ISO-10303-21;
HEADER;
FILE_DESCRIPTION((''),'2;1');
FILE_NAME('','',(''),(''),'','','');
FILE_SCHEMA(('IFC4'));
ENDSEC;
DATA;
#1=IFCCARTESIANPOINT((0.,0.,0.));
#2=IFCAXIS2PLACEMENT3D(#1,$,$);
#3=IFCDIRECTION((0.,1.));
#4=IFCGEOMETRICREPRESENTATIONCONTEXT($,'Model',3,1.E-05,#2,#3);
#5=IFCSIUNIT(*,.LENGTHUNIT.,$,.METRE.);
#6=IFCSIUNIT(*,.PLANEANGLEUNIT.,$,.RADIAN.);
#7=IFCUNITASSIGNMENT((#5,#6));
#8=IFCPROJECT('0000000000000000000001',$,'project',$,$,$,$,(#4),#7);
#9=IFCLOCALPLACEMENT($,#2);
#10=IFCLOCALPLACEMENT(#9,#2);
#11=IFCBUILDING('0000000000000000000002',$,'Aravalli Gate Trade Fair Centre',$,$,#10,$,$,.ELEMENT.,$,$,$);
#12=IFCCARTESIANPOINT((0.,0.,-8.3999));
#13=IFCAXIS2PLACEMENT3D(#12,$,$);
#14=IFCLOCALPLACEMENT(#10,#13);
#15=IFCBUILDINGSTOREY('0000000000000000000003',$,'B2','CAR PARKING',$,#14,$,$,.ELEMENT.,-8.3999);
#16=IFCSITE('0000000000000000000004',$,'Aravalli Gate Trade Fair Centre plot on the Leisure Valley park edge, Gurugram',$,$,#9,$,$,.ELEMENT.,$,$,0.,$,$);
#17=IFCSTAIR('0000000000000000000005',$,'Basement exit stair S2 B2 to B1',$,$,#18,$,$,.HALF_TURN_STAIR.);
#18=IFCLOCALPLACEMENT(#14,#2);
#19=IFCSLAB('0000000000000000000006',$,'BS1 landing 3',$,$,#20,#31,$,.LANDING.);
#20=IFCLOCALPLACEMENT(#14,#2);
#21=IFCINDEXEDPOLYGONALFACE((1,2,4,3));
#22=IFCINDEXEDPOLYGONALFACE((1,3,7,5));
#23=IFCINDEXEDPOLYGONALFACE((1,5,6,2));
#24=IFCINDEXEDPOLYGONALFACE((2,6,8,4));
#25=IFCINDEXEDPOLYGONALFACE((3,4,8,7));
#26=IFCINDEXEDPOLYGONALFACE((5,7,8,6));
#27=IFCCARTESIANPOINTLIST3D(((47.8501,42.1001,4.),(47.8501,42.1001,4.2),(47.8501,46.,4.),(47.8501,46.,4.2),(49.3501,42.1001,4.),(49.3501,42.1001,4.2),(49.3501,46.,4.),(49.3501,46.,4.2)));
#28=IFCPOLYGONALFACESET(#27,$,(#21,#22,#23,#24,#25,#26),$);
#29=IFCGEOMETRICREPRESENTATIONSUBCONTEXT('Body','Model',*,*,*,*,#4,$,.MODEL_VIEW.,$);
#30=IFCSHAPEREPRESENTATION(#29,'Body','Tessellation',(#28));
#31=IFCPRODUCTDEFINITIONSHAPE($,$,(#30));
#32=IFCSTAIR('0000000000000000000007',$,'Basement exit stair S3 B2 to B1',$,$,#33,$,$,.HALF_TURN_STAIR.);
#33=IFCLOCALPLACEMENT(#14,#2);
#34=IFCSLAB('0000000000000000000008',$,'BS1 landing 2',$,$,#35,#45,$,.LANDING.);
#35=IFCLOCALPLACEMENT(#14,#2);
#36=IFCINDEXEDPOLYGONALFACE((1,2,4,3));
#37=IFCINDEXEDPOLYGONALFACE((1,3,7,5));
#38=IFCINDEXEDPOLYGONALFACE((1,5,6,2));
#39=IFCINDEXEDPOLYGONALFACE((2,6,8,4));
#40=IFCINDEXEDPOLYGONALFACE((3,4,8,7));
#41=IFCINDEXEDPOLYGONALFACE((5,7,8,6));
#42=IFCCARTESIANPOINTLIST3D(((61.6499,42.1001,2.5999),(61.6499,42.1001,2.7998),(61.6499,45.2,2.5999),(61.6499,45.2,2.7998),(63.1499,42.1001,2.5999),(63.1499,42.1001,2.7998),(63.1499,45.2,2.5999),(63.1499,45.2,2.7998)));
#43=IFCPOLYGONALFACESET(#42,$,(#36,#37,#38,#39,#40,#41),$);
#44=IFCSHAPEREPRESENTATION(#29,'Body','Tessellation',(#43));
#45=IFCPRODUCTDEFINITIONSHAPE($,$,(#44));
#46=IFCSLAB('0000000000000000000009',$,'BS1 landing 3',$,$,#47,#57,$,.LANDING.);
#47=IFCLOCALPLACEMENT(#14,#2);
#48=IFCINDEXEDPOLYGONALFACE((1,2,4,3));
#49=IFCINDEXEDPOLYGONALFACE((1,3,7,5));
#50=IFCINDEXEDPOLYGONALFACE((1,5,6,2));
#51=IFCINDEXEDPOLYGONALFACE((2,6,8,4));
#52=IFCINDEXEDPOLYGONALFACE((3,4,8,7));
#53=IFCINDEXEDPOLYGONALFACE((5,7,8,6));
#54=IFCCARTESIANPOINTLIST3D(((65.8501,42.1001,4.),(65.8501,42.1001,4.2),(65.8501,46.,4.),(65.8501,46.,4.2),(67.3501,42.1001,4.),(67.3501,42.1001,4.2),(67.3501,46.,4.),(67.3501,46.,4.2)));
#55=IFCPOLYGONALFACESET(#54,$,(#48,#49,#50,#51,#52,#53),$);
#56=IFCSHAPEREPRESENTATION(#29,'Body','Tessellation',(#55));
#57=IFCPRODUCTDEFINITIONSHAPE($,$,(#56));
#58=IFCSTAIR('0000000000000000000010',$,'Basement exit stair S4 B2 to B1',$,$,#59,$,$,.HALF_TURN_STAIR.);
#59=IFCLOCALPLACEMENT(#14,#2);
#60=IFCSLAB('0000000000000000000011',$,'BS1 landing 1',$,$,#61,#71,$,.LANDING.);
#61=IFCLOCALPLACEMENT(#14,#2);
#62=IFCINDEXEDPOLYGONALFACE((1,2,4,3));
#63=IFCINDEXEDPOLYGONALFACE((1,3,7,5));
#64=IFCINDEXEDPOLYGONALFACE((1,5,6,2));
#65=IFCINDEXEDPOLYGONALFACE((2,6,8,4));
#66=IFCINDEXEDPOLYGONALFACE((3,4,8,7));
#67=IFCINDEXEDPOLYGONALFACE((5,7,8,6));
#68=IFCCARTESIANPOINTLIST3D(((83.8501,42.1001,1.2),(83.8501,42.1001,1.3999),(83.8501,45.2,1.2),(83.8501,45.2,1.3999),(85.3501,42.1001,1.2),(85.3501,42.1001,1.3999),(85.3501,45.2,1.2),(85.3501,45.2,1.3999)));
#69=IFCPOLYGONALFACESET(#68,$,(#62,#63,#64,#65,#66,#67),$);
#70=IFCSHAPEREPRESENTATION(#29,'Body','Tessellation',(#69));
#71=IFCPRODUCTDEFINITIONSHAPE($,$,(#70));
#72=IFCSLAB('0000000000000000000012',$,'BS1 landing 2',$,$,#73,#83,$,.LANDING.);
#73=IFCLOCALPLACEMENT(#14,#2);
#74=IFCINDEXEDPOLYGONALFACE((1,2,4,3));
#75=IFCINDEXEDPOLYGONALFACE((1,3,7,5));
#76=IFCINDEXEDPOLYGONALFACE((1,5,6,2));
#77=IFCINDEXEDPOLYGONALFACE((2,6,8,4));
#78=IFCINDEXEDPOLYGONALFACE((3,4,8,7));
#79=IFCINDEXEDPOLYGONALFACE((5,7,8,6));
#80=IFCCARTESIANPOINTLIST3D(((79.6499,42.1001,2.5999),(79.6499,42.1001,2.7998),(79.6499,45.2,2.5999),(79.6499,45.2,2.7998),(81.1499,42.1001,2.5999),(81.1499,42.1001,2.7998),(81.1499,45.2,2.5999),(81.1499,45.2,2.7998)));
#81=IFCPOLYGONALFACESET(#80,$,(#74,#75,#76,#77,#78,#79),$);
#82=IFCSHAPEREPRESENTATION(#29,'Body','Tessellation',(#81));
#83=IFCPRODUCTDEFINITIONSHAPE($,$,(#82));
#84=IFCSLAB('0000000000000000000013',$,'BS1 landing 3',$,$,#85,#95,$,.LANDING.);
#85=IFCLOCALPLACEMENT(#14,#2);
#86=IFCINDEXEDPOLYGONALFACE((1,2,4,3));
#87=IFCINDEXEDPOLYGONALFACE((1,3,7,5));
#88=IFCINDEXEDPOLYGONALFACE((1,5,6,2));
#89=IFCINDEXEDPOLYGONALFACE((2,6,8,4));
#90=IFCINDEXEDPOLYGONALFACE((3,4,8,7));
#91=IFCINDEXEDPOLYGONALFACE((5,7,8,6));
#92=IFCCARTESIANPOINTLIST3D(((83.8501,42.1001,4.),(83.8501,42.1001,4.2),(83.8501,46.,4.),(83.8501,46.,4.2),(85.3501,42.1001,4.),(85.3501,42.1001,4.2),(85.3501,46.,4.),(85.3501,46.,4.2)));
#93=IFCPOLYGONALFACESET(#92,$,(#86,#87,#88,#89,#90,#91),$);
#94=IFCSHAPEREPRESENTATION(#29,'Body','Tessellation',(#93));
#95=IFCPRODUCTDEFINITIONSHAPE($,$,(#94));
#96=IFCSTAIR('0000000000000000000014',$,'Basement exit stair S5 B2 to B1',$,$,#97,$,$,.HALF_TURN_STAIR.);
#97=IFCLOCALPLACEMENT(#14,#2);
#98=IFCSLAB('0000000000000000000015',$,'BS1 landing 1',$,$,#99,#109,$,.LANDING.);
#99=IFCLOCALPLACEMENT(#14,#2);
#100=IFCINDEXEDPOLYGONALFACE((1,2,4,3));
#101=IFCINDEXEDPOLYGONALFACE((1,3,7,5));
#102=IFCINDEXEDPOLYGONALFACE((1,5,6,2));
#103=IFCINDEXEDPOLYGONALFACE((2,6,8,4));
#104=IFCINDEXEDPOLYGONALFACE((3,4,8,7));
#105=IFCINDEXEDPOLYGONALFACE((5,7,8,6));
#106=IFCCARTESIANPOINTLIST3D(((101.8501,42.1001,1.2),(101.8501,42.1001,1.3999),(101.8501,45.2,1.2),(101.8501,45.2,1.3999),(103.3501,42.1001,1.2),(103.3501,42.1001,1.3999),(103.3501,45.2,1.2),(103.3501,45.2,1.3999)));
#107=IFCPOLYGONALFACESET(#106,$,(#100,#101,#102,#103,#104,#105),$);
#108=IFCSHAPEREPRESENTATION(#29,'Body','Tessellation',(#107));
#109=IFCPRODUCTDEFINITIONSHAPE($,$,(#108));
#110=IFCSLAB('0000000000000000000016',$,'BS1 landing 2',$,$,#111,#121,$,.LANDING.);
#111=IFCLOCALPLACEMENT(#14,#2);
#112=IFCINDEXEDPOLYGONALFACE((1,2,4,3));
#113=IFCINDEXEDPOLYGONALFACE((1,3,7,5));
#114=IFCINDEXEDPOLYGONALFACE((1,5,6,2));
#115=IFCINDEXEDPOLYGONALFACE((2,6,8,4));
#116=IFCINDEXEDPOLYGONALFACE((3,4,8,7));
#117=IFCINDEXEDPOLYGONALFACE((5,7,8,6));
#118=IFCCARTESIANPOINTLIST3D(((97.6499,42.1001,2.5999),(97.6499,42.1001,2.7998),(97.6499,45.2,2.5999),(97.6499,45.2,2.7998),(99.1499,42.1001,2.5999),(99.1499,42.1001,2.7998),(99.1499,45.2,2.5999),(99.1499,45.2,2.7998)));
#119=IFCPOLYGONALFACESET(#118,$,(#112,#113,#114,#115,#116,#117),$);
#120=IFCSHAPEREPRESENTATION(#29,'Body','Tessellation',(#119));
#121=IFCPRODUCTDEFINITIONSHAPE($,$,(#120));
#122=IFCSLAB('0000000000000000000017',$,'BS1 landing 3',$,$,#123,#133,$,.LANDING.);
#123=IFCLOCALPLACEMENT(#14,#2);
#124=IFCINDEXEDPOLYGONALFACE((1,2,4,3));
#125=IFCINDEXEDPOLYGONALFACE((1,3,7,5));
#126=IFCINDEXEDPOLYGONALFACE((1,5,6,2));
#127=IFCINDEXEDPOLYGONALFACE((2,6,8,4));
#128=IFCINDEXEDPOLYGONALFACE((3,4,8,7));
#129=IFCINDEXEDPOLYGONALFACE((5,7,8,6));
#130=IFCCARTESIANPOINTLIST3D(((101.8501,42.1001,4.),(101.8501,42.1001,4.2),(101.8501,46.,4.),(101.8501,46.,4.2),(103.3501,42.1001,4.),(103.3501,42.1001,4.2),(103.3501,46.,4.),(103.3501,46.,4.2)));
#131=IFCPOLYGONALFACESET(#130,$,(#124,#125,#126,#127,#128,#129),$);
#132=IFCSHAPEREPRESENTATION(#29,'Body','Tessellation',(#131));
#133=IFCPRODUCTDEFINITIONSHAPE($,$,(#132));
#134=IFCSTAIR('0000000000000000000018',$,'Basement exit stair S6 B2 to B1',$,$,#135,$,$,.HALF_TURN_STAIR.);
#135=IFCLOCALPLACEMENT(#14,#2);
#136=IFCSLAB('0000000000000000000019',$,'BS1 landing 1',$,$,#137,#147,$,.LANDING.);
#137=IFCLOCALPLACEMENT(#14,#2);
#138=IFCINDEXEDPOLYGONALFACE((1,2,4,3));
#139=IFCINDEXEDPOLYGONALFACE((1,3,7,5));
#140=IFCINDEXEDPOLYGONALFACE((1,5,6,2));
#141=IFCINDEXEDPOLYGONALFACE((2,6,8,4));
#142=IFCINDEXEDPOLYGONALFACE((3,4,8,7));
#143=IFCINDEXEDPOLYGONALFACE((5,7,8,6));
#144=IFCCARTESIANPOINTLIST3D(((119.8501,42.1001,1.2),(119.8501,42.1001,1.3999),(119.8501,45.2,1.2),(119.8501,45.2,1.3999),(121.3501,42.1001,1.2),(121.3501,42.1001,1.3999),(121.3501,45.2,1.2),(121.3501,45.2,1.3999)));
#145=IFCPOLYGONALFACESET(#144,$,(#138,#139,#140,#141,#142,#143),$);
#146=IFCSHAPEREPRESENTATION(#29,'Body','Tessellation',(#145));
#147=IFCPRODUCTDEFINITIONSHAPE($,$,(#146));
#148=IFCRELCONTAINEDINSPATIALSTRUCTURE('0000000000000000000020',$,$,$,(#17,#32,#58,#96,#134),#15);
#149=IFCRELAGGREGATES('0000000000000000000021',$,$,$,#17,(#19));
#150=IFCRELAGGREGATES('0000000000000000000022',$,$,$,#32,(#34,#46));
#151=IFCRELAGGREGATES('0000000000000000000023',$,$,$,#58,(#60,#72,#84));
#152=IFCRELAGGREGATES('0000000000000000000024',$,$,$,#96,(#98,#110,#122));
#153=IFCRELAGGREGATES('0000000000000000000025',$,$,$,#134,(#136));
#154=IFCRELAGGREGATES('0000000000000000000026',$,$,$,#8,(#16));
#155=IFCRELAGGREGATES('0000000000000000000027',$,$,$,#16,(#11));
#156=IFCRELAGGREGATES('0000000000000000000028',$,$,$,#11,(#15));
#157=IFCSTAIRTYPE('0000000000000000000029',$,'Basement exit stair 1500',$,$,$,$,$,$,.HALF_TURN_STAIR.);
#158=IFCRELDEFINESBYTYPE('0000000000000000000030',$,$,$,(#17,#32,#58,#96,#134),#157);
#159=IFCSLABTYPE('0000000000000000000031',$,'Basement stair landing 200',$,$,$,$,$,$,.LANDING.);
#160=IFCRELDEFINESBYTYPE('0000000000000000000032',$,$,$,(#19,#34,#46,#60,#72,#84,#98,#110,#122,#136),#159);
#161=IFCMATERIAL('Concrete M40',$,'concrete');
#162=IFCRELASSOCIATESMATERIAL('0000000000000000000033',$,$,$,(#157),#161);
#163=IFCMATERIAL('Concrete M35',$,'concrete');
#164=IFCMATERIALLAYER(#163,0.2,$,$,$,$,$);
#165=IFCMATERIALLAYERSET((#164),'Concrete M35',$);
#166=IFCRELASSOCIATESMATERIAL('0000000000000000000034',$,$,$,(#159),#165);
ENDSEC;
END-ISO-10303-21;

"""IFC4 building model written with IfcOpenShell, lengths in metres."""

from ifc_helpers import new_model, si_unit, direction, frame, origin, place, context, subcontext, project, spatial, polyline, outline, extrude, material, layer, layer_set, type_object, element, aggregate, save


model = new_model("IFC4")

# Units and contexts
model_context = context("Model", 3, precision=1e-05, world=origin(), true_north=direction((0.0, 1.0)))
body_context = subcontext(model_context, "Body", "Model", "MODEL_VIEW")
ifc_project = project(units=[si_unit("LENGTHUNIT", "METRE"), si_unit("PLANEANGLEUNIT", "RADIAN")], contexts=[model_context])

# Site, building, storey
site_placement = place(None, origin())
site = spatial("IfcSite", under=ifc_project, at=site_placement, Name="Aravalli Gate Trade Fair Centre plot on the Leisure Valley park edge, Gurugram", CompositionType="ELEMENT", RefElevation=0.0)
building_placement = place(site_placement, origin())
building = spatial("IfcBuilding", under=site, at=building_placement, Name="Aravalli Gate Trade Fair Centre", CompositionType="ELEMENT")
storey_placement = place(building_placement, frame((0.0, 0.0, -8.3999)))
storey = spatial("IfcBuildingStorey", under=building, at=storey_placement, Name="B2", Description="CAR PARKING", CompositionType="ELEMENT", Elevation=-8.3999)

# Stairs, slabs
ifc_material_1 = material(Name="Concrete M40", Category="concrete")
stair_type = type_object("IfcStairType", Name="Basement exit stair 1500", PredefinedType="HALF_TURN_STAIR", material=ifc_material_1)
ifc_material_2 = material(Name="Concrete M35", Category="concrete")
ifc_layer = layer(ifc_material_2, 0.2)
ifc_layer_set = layer_set([ifc_layer], Name="Concrete M35")
slab_type = type_object("IfcSlabType", Name="Basement stair landing 200", PredefinedType="LANDING", material=ifc_layer_set)
stair_1_placement = place(storey_placement, origin())
stair_1 = element("IfcStair", 1, at=stair_1_placement, inside=storey, type_object=stair_type, Name="Basement exit stair S2 B2 to B1", PredefinedType="HALF_TURN_STAIR")
slab_1_placement = place(storey_placement, frame((0.0, 0.0, 4.0)))
slab_1 = element("IfcSlab", 2, at=slab_1_placement, type_object=slab_type, Name="BS1 landing 3", PredefinedType="LANDING", context=body_context, shape_type="SweptSolid", body=[
    extrude(outline(polyline([(47.8501, 46.0), (49.3501, 46.0), (49.3501, 42.1001), (47.8501, 42.1001), (47.8501, 46.0)])), origin(), (0.0, 0.0, 1.0), 0.2),
])
aggregate(stair_1, [slab_1])
stair_2_placement = place(storey_placement, origin())
stair_2 = element("IfcStair", 3, at=stair_2_placement, inside=storey, type_object=stair_type, Name="Basement exit stair S3 B2 to B1", PredefinedType="HALF_TURN_STAIR")
slab_2_placement = place(storey_placement, frame((0.0, 0.0, 2.5999)))
slab_2 = element("IfcSlab", 4, at=slab_2_placement, type_object=slab_type, Name="BS1 landing 2", PredefinedType="LANDING", context=body_context, shape_type="SweptSolid", body=[
    extrude(outline(polyline([(61.6499, 45.2), (63.1499, 45.2), (63.1499, 42.1001), (61.6499, 42.1001), (61.6499, 45.2)])), origin(), (0.0, 0.0, 1.0), 0.2),
])
slab_3_placement = place(storey_placement, frame((0.0, 0.0, 4.0)))
slab_3 = element("IfcSlab", 5, at=slab_3_placement, type_object=slab_type, Name="BS1 landing 3", PredefinedType="LANDING", context=body_context, shape_type="SweptSolid", body=[
    extrude(outline(polyline([(65.8501, 46.0), (67.3501, 46.0), (67.3501, 42.1001), (65.8501, 42.1001), (65.8501, 46.0)])), origin(), (0.0, 0.0, 1.0), 0.2),
])
aggregate(stair_2, [slab_2, slab_3])
stair_3_placement = place(storey_placement, origin())
stair_3 = element("IfcStair", 6, at=stair_3_placement, inside=storey, type_object=stair_type, Name="Basement exit stair S4 B2 to B1", PredefinedType="HALF_TURN_STAIR")
slab_4_placement = place(storey_placement, frame((0.0, 0.0, 1.2)))
slab_4 = element("IfcSlab", 7, at=slab_4_placement, type_object=slab_type, Name="BS1 landing 1", PredefinedType="LANDING", context=body_context, shape_type="SweptSolid", body=[
    extrude(outline(polyline([(83.8501, 45.2), (85.3501, 45.2), (85.3501, 42.1001), (83.8501, 42.1001), (83.8501, 45.2)])), origin(), (0.0, 0.0, 1.0), 0.2),
])
slab_5_placement = place(storey_placement, frame((0.0, 0.0, 2.5999)))
slab_5 = element("IfcSlab", 8, at=slab_5_placement, type_object=slab_type, Name="BS1 landing 2", PredefinedType="LANDING", context=body_context, shape_type="SweptSolid", body=[
    extrude(outline(polyline([(79.6499, 45.2), (81.1499, 45.2), (81.1499, 42.1001), (79.6499, 42.1001), (79.6499, 45.2)])), origin(), (0.0, 0.0, 1.0), 0.2),
])
slab_6_placement = place(storey_placement, frame((0.0, 0.0, 4.0)))
slab_6 = element("IfcSlab", 9, at=slab_6_placement, type_object=slab_type, Name="BS1 landing 3", PredefinedType="LANDING", context=body_context, shape_type="SweptSolid", body=[
    extrude(outline(polyline([(83.8501, 46.0), (85.3501, 46.0), (85.3501, 42.1001), (83.8501, 42.1001), (83.8501, 46.0)])), origin(), (0.0, 0.0, 1.0), 0.2),
])
aggregate(stair_3, [slab_4, slab_5, slab_6])
stair_4_placement = place(storey_placement, origin())
stair_4 = element("IfcStair", 10, at=stair_4_placement, inside=storey, type_object=stair_type, Name="Basement exit stair S5 B2 to B1", PredefinedType="HALF_TURN_STAIR")
slab_7_placement = place(storey_placement, frame((0.0, 0.0, 1.2)))
slab_7 = element("IfcSlab", 11, at=slab_7_placement, type_object=slab_type, Name="BS1 landing 1", PredefinedType="LANDING", context=body_context, shape_type="SweptSolid", body=[
    extrude(outline(polyline([(101.8501, 45.2), (103.3501, 45.2), (103.3501, 42.1001), (101.8501, 42.1001), (101.8501, 45.2)])), origin(), (0.0, 0.0, 1.0), 0.2),
])
slab_8_placement = place(storey_placement, frame((0.0, 0.0, 2.5999)))
slab_8 = element("IfcSlab", 12, at=slab_8_placement, type_object=slab_type, Name="BS1 landing 2", PredefinedType="LANDING", context=body_context, shape_type="SweptSolid", body=[
    extrude(outline(polyline([(97.6499, 45.2), (99.1499, 45.2), (99.1499, 42.1001), (97.6499, 42.1001), (97.6499, 45.2)])), origin(), (0.0, 0.0, 1.0), 0.2),
])
slab_9_placement = place(storey_placement, frame((0.0, 0.0, 4.0)))
slab_9 = element("IfcSlab", 13, at=slab_9_placement, type_object=slab_type, Name="BS1 landing 3", PredefinedType="LANDING", context=body_context, shape_type="SweptSolid", body=[
    extrude(outline(polyline([(101.8501, 46.0), (103.3501, 46.0), (103.3501, 42.1001), (101.8501, 42.1001), (101.8501, 46.0)])), origin(), (0.0, 0.0, 1.0), 0.2),
])
aggregate(stair_4, [slab_7, slab_8, slab_9])

# Stair, slab
stair_5_placement = place(storey_placement, origin())
stair_5 = element("IfcStair", 14, at=stair_5_placement, inside=storey, type_object=stair_type, Name="Basement exit stair S6 B2 to B1", PredefinedType="HALF_TURN_STAIR")
slab_10_placement = place(storey_placement, frame((0.0, 0.0, 1.2)))
slab_10 = element("IfcSlab", 15, at=slab_10_placement, type_object=slab_type, Name="BS1 landing 1", PredefinedType="LANDING", context=body_context, shape_type="SweptSolid", body=[
    extrude(outline(polyline([(119.8501, 45.2), (121.3501, 45.2), (121.3501, 42.1001), (119.8501, 42.1001), (119.8501, 45.2)])), origin(), (0.0, 0.0, 1.0), 0.2),
])
aggregate(stair_5, [slab_10])

save(model, "model.ifc")
